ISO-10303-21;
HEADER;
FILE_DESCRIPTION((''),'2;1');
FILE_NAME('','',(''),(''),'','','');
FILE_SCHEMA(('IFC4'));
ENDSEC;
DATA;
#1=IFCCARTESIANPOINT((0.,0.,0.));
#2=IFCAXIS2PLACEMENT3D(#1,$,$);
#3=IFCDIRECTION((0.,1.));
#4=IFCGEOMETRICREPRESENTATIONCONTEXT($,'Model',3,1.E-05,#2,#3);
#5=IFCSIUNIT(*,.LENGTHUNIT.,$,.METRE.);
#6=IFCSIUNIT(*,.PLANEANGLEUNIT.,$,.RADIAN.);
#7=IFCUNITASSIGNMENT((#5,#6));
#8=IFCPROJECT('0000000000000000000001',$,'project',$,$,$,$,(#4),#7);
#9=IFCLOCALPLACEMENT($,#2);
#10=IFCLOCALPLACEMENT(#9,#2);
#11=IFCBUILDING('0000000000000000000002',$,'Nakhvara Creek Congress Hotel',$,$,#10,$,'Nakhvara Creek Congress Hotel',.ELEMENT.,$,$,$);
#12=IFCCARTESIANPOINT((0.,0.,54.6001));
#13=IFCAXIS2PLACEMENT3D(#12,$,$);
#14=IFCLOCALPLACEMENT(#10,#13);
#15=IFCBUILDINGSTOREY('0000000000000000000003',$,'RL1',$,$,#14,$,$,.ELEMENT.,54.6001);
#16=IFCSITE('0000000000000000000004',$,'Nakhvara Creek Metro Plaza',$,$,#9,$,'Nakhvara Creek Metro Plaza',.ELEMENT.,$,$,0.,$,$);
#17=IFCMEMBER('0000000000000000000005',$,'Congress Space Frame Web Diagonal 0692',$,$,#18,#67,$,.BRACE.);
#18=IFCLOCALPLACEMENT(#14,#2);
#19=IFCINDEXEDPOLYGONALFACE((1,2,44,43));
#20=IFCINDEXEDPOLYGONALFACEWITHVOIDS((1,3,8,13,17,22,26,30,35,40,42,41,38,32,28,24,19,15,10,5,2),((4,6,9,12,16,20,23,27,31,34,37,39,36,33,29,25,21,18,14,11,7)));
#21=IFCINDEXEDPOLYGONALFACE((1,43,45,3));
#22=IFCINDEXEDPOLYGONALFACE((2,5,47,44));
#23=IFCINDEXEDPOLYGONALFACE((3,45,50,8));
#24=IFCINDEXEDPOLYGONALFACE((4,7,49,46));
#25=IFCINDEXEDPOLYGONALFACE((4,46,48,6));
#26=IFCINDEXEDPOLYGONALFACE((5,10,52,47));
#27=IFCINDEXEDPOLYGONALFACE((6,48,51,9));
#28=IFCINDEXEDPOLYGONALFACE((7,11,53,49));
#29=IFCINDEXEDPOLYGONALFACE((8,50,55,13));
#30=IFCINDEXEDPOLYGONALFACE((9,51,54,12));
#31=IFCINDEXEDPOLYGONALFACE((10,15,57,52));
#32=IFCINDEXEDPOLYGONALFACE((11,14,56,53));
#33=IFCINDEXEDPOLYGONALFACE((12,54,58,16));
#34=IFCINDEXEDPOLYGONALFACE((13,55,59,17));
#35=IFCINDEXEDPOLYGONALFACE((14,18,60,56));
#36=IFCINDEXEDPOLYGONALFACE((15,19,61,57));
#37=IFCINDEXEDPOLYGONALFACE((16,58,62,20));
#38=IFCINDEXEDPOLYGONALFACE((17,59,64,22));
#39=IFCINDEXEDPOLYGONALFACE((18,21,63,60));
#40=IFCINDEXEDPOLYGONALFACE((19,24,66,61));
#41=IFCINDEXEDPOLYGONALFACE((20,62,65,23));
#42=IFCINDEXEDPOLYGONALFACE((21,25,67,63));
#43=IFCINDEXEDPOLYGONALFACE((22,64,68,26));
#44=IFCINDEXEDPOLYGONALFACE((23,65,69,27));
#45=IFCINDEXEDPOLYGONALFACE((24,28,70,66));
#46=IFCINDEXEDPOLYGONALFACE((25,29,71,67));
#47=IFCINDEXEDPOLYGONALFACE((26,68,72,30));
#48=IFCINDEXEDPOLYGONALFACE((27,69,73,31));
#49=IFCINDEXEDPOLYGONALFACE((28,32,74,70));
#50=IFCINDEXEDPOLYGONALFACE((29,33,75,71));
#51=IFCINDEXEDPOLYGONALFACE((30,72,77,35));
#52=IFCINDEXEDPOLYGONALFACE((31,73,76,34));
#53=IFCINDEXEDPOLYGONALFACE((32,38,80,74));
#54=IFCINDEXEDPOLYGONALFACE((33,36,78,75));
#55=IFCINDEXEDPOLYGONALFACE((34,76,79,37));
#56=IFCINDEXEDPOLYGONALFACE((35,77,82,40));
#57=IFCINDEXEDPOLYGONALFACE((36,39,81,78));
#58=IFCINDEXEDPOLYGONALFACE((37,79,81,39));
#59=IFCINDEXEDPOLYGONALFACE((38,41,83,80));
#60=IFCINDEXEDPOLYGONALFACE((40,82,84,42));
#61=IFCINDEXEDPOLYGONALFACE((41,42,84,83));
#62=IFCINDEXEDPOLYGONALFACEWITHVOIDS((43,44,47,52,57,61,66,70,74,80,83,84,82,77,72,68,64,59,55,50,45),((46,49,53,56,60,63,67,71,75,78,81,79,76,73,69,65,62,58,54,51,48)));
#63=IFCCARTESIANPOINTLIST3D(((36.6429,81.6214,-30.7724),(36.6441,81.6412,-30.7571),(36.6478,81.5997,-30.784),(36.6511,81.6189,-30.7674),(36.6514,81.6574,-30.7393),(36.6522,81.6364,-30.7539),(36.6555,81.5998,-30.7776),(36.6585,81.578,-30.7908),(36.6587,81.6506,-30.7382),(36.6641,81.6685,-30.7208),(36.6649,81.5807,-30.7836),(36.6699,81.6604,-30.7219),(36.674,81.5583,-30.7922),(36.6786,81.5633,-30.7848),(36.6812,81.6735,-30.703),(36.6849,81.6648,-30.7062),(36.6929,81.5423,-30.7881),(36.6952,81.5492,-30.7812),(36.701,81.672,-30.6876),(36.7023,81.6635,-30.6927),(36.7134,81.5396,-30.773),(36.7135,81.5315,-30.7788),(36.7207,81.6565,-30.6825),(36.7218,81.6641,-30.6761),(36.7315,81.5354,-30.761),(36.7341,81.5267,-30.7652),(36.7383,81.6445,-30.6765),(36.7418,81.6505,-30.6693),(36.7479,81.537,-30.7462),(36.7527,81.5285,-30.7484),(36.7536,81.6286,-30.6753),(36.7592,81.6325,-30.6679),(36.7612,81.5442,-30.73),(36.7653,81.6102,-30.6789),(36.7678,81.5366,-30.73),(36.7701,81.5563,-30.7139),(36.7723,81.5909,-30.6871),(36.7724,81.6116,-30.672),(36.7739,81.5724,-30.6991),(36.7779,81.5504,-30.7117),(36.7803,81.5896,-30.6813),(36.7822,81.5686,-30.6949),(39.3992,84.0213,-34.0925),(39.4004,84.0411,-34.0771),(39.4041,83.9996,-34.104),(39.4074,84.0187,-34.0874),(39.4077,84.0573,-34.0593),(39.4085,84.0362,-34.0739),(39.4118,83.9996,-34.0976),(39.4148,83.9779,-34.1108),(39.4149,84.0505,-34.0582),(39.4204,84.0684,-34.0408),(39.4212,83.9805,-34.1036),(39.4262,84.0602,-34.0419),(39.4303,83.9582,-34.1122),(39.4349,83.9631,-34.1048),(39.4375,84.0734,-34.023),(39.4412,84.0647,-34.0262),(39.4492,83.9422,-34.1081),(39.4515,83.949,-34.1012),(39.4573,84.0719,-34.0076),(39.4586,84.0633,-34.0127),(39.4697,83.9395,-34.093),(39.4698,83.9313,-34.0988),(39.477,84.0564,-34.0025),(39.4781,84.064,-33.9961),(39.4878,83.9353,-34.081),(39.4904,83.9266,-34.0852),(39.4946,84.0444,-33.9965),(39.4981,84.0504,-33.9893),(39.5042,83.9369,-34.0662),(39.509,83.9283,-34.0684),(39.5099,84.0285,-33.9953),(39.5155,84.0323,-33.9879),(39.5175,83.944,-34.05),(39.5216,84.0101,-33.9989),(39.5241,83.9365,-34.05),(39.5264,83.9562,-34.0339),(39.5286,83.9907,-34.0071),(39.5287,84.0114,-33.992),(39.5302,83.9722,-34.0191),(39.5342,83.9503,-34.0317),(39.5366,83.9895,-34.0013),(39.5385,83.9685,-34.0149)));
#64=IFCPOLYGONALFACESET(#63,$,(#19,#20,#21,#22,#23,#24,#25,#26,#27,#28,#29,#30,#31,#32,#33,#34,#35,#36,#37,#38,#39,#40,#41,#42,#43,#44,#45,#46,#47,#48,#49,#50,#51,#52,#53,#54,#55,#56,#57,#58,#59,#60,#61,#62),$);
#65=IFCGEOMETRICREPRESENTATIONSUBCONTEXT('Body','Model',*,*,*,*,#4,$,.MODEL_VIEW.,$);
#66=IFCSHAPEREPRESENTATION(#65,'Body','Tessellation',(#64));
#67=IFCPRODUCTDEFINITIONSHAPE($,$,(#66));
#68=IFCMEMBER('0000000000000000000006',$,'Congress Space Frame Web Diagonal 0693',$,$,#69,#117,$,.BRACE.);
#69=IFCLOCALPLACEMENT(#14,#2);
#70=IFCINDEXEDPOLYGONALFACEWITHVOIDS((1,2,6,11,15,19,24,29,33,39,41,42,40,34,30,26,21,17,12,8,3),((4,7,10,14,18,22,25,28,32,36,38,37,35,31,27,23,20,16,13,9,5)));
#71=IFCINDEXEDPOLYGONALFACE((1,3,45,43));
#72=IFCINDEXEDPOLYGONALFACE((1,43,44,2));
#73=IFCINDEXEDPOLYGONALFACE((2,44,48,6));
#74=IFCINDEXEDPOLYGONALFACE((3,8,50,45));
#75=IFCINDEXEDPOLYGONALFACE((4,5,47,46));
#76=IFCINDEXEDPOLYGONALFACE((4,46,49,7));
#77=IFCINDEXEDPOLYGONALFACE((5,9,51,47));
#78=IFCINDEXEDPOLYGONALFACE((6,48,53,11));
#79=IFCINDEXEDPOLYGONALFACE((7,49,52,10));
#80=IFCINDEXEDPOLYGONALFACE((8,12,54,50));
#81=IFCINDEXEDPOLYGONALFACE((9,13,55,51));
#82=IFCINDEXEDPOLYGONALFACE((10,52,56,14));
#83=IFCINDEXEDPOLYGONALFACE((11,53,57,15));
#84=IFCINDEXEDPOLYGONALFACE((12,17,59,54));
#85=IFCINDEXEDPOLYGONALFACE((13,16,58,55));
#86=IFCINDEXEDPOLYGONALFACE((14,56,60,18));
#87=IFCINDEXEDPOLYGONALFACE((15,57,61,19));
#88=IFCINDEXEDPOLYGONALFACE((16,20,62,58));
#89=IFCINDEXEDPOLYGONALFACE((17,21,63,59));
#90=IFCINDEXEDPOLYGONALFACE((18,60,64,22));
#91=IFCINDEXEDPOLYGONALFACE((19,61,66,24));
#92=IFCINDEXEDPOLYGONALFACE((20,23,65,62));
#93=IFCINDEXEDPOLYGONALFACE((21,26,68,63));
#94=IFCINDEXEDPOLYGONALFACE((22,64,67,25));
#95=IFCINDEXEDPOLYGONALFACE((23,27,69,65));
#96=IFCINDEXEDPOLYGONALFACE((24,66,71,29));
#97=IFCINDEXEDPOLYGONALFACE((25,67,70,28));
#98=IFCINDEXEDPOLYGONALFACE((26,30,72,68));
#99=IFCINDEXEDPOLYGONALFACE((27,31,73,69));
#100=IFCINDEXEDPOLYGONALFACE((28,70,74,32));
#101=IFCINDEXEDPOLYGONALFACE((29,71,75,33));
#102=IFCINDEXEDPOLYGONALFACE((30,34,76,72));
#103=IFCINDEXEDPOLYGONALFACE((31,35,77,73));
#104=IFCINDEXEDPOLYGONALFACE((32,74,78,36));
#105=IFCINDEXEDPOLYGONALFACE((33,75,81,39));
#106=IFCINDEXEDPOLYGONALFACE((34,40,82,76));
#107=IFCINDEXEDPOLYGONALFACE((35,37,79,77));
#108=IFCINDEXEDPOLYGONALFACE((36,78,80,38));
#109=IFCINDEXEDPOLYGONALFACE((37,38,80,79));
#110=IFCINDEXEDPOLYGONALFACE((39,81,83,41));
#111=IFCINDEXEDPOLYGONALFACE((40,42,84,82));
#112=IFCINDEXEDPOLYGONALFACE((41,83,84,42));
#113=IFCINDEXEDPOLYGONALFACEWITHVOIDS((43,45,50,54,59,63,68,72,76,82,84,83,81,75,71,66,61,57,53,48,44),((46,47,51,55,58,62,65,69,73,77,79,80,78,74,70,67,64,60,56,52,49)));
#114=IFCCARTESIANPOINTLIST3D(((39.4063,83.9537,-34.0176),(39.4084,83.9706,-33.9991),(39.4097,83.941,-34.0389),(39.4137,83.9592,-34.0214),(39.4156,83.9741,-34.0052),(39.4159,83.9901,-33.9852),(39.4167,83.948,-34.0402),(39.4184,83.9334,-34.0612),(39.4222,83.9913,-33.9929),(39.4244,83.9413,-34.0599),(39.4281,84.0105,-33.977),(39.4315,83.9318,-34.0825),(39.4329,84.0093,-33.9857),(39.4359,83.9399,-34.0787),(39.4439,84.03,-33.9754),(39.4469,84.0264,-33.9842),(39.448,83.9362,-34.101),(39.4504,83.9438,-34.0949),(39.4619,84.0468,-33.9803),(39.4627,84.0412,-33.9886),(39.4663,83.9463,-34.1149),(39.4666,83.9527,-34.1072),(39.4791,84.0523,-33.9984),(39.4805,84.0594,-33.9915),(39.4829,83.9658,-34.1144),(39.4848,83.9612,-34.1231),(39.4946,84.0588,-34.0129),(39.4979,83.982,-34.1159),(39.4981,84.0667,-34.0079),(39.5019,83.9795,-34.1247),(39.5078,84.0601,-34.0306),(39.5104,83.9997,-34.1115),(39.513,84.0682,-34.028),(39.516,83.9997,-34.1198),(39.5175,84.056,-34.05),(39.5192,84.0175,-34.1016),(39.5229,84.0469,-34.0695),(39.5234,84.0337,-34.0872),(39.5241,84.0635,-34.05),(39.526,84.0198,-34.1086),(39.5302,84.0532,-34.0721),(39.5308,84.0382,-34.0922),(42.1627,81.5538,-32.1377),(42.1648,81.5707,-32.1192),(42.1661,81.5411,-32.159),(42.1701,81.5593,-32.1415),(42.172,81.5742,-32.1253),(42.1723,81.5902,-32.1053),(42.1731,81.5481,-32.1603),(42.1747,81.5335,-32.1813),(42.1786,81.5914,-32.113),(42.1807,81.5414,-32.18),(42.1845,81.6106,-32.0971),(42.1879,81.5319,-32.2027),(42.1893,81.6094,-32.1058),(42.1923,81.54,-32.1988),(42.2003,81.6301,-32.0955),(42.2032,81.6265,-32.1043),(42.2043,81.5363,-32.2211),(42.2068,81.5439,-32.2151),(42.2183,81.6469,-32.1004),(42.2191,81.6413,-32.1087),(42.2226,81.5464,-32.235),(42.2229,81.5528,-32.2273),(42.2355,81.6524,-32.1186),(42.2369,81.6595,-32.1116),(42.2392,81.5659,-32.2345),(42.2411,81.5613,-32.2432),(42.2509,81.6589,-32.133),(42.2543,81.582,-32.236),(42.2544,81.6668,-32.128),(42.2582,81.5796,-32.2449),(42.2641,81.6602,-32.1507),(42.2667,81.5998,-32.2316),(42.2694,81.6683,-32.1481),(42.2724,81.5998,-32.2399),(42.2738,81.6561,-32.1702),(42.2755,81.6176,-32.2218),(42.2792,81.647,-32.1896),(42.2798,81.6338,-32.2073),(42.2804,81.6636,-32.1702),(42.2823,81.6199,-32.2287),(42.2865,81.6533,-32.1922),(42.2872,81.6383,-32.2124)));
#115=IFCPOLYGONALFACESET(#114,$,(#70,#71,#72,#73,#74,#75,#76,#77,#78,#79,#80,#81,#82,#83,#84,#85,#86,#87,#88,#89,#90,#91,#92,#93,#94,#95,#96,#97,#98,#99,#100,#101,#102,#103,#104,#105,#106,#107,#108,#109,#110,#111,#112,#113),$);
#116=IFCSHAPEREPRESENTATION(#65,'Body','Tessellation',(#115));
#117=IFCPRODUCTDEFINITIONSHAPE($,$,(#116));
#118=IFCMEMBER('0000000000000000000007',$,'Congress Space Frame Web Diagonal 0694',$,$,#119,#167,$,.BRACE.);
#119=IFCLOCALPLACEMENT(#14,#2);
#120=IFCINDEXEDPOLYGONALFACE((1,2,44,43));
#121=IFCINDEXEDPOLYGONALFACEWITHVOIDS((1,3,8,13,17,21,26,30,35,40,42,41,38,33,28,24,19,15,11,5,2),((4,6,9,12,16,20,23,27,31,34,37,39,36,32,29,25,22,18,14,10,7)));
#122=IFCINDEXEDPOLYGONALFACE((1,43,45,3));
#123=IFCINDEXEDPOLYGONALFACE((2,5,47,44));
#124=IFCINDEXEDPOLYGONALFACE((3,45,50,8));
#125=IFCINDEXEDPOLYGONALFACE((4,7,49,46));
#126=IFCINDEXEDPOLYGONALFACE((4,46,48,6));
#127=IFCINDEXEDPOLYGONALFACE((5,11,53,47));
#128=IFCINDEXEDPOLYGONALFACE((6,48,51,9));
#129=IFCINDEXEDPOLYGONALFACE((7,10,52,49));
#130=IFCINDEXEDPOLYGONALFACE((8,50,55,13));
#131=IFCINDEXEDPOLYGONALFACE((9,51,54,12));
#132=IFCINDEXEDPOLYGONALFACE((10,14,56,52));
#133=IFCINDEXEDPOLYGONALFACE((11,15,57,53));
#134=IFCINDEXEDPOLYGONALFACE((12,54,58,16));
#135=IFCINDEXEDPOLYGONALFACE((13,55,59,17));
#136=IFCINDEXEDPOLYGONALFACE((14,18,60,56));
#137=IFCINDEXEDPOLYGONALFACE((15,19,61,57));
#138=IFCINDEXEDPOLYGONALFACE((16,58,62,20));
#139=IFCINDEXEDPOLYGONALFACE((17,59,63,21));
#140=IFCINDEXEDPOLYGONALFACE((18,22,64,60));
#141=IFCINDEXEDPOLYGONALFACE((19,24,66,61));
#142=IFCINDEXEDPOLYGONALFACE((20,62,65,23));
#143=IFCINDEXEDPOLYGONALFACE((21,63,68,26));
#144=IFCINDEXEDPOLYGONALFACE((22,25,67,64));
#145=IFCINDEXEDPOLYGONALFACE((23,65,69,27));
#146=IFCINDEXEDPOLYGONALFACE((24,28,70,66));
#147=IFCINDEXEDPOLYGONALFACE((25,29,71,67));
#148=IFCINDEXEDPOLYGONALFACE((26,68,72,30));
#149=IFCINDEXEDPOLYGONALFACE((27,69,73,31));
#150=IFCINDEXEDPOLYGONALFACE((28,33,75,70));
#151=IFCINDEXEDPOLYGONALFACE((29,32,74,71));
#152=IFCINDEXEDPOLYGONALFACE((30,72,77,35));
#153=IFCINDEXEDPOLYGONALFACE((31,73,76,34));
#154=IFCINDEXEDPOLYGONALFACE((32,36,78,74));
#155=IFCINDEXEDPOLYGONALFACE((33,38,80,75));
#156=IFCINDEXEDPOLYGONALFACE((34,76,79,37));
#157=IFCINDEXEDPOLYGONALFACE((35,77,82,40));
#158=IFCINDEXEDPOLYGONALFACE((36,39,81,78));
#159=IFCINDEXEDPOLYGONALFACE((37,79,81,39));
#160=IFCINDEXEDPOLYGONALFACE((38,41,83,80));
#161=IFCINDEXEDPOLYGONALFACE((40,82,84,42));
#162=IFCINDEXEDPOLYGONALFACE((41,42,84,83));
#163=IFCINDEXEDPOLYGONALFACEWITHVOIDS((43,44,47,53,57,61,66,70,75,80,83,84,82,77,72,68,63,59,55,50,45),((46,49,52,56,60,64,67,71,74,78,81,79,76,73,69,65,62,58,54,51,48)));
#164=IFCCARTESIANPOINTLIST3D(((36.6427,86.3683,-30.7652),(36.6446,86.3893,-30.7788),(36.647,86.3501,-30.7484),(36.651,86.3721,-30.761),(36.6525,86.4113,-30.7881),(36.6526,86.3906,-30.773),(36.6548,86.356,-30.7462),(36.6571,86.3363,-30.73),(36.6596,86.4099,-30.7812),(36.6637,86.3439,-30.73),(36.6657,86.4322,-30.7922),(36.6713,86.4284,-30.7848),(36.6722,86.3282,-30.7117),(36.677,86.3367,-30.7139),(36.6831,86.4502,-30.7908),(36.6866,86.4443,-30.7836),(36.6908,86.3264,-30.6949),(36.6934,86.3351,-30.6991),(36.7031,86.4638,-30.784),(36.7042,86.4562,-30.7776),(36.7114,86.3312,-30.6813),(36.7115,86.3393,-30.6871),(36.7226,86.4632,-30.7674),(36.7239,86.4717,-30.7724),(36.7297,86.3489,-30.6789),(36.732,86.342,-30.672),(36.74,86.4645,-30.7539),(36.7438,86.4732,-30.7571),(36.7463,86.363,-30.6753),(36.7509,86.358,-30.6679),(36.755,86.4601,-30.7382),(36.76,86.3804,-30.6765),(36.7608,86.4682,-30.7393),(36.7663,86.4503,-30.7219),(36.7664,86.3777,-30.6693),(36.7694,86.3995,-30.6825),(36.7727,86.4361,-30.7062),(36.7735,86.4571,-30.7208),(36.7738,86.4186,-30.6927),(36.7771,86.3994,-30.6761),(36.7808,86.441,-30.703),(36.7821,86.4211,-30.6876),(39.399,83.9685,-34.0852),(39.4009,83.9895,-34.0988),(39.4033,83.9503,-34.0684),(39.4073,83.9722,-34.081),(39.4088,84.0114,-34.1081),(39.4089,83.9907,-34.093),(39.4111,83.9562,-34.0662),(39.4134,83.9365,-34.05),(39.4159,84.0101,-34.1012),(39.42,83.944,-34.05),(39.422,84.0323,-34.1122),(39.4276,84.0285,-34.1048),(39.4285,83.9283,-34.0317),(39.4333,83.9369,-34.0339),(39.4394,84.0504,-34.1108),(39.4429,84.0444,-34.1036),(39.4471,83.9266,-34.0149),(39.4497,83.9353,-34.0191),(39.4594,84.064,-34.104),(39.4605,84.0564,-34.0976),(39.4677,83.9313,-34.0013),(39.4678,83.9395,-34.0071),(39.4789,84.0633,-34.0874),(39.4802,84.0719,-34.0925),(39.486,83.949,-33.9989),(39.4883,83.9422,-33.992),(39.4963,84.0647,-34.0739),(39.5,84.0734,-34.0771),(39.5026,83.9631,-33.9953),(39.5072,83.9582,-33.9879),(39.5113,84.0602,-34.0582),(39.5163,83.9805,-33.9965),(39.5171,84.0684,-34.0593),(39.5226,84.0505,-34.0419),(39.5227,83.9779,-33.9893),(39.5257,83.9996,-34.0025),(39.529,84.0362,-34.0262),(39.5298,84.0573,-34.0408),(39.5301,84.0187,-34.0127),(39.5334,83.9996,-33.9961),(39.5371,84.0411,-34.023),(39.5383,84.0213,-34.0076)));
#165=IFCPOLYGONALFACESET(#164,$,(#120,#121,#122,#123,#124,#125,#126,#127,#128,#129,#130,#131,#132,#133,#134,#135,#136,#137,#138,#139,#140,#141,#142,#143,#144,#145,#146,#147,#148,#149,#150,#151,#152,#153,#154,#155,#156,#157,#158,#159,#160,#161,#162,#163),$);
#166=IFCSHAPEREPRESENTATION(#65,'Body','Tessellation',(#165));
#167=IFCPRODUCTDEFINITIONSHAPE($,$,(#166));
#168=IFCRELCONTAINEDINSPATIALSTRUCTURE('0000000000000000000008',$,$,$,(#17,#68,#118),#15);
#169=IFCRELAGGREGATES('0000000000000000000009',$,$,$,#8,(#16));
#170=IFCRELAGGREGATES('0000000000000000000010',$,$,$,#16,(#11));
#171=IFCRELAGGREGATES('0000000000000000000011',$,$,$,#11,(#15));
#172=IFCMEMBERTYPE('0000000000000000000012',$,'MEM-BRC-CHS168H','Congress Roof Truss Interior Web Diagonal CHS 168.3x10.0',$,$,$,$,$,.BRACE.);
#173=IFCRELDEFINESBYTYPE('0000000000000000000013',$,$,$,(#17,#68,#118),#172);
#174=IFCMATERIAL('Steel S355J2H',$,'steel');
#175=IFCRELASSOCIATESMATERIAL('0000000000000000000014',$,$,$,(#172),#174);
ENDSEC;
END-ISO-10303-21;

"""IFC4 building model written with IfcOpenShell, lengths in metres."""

from ifc_helpers import new_model, si_unit, direction, frame, origin, origin_2d, place, context, subcontext, project, spatial, hollow_circle, extrude, material, material_profile, profile_set, type_object, element, save


model = new_model("IFC4")

# Units and contexts
model_context = context("Model", 3, precision=1e-05, world=origin(), true_north=direction((0.0, 1.0)))
body_context = subcontext(model_context, "Body", "Model", "MODEL_VIEW")
ifc_project = project(units=[si_unit("LENGTHUNIT", "METRE"), si_unit("PLANEANGLEUNIT", "RADIAN")], contexts=[model_context])

# Site, building, storey
site_placement = place(None, origin())
site = spatial("IfcSite", under=ifc_project, at=site_placement, Name="Nakhvara Creek Metro Plaza", LongName="Nakhvara Creek Metro Plaza", CompositionType="ELEMENT", RefElevation=0.0)
building_placement = place(site_placement, origin())
building = spatial("IfcBuilding", under=site, at=building_placement, Name="Nakhvara Creek Congress Hotel", LongName="Nakhvara Creek Congress Hotel", CompositionType="ELEMENT")
storey_placement = place(building_placement, frame((0.0, 0.0, 54.6001)))
storey = spatial("IfcBuildingStorey", under=building, at=storey_placement, Name="RL1", CompositionType="ELEMENT", Elevation=54.6001)

# Members
ifc_material_1 = material(Name="Steel S355J2H", Category="steel")
ifc_material_profile_1 = material_profile(ifc_material_1, hollow_circle(Radius=0.0842, WallThickness=0.01, at=origin_2d()), Name="CHS 168.3x10.0", Category="LoadBearing")
ifc_profile_set_1 = profile_set([ifc_material_profile_1], Name="Steel S355J2H")
member_type_1 = type_object("IfcMemberType", Name="MEM-BRC-CHS168H", Description="Congress Roof Truss Interior Web Diagonal CHS 168.3x10.0", PredefinedType="BRACE", material=ifc_profile_set_1)
member_1_placement = place(storey_placement, frame((39.4688, 84.0, -34.05), z_axis=(-0.558237, -0.486047, 0.672406), x_axis=(0.656658, -0.754188, 0.0)))
element("IfcMember", 1, at=member_1_placement, inside=storey, type_object=member_type_1, Name="Congress Space Frame Web Diagonal 0692", PredefinedType="BRACE", context=body_context, shape_type="SweptSolid", body=[
    extrude(hollow_circle(Radius=0.0842, WallThickness=0.01, at=origin_2d()), origin(), (0.0, 0.0, 1.0), 4.9375),
])
member_2_placement = place(storey_placement, frame((39.4688, 84.0, -34.05), z_axis=(0.670667, -0.583938, 0.457408), x_axis=(0.656658, 0.754188, 0.0)))
element("IfcMember", 2, at=member_2_placement, inside=storey, type_object=member_type_1, Name="Congress Space Frame Web Diagonal 0693", PredefinedType="BRACE", context=body_context, shape_type="SweptSolid", body=[
    extrude(hollow_circle(Radius=0.0842, WallThickness=0.01, at=origin_2d()), origin(), (0.0, 0.0, 1.0), 4.1099),
])
member_3_placement = place(storey_placement, frame((39.4688, 84.0, -34.05), z_axis=(-0.558237, 0.486047, 0.672406), x_axis=(-0.656658, -0.754188, 0.0)))
element("IfcMember", 3, at=member_3_placement, inside=storey, type_object=member_type_1, Name="Congress Space Frame Web Diagonal 0694", PredefinedType="BRACE", context=body_context, shape_type="SweptSolid", body=[
    extrude(hollow_circle(Radius=0.0842, WallThickness=0.01, at=origin_2d()), origin(), (0.0, 0.0, 1.0), 4.9375),
])

save(model, "model.ifc")
